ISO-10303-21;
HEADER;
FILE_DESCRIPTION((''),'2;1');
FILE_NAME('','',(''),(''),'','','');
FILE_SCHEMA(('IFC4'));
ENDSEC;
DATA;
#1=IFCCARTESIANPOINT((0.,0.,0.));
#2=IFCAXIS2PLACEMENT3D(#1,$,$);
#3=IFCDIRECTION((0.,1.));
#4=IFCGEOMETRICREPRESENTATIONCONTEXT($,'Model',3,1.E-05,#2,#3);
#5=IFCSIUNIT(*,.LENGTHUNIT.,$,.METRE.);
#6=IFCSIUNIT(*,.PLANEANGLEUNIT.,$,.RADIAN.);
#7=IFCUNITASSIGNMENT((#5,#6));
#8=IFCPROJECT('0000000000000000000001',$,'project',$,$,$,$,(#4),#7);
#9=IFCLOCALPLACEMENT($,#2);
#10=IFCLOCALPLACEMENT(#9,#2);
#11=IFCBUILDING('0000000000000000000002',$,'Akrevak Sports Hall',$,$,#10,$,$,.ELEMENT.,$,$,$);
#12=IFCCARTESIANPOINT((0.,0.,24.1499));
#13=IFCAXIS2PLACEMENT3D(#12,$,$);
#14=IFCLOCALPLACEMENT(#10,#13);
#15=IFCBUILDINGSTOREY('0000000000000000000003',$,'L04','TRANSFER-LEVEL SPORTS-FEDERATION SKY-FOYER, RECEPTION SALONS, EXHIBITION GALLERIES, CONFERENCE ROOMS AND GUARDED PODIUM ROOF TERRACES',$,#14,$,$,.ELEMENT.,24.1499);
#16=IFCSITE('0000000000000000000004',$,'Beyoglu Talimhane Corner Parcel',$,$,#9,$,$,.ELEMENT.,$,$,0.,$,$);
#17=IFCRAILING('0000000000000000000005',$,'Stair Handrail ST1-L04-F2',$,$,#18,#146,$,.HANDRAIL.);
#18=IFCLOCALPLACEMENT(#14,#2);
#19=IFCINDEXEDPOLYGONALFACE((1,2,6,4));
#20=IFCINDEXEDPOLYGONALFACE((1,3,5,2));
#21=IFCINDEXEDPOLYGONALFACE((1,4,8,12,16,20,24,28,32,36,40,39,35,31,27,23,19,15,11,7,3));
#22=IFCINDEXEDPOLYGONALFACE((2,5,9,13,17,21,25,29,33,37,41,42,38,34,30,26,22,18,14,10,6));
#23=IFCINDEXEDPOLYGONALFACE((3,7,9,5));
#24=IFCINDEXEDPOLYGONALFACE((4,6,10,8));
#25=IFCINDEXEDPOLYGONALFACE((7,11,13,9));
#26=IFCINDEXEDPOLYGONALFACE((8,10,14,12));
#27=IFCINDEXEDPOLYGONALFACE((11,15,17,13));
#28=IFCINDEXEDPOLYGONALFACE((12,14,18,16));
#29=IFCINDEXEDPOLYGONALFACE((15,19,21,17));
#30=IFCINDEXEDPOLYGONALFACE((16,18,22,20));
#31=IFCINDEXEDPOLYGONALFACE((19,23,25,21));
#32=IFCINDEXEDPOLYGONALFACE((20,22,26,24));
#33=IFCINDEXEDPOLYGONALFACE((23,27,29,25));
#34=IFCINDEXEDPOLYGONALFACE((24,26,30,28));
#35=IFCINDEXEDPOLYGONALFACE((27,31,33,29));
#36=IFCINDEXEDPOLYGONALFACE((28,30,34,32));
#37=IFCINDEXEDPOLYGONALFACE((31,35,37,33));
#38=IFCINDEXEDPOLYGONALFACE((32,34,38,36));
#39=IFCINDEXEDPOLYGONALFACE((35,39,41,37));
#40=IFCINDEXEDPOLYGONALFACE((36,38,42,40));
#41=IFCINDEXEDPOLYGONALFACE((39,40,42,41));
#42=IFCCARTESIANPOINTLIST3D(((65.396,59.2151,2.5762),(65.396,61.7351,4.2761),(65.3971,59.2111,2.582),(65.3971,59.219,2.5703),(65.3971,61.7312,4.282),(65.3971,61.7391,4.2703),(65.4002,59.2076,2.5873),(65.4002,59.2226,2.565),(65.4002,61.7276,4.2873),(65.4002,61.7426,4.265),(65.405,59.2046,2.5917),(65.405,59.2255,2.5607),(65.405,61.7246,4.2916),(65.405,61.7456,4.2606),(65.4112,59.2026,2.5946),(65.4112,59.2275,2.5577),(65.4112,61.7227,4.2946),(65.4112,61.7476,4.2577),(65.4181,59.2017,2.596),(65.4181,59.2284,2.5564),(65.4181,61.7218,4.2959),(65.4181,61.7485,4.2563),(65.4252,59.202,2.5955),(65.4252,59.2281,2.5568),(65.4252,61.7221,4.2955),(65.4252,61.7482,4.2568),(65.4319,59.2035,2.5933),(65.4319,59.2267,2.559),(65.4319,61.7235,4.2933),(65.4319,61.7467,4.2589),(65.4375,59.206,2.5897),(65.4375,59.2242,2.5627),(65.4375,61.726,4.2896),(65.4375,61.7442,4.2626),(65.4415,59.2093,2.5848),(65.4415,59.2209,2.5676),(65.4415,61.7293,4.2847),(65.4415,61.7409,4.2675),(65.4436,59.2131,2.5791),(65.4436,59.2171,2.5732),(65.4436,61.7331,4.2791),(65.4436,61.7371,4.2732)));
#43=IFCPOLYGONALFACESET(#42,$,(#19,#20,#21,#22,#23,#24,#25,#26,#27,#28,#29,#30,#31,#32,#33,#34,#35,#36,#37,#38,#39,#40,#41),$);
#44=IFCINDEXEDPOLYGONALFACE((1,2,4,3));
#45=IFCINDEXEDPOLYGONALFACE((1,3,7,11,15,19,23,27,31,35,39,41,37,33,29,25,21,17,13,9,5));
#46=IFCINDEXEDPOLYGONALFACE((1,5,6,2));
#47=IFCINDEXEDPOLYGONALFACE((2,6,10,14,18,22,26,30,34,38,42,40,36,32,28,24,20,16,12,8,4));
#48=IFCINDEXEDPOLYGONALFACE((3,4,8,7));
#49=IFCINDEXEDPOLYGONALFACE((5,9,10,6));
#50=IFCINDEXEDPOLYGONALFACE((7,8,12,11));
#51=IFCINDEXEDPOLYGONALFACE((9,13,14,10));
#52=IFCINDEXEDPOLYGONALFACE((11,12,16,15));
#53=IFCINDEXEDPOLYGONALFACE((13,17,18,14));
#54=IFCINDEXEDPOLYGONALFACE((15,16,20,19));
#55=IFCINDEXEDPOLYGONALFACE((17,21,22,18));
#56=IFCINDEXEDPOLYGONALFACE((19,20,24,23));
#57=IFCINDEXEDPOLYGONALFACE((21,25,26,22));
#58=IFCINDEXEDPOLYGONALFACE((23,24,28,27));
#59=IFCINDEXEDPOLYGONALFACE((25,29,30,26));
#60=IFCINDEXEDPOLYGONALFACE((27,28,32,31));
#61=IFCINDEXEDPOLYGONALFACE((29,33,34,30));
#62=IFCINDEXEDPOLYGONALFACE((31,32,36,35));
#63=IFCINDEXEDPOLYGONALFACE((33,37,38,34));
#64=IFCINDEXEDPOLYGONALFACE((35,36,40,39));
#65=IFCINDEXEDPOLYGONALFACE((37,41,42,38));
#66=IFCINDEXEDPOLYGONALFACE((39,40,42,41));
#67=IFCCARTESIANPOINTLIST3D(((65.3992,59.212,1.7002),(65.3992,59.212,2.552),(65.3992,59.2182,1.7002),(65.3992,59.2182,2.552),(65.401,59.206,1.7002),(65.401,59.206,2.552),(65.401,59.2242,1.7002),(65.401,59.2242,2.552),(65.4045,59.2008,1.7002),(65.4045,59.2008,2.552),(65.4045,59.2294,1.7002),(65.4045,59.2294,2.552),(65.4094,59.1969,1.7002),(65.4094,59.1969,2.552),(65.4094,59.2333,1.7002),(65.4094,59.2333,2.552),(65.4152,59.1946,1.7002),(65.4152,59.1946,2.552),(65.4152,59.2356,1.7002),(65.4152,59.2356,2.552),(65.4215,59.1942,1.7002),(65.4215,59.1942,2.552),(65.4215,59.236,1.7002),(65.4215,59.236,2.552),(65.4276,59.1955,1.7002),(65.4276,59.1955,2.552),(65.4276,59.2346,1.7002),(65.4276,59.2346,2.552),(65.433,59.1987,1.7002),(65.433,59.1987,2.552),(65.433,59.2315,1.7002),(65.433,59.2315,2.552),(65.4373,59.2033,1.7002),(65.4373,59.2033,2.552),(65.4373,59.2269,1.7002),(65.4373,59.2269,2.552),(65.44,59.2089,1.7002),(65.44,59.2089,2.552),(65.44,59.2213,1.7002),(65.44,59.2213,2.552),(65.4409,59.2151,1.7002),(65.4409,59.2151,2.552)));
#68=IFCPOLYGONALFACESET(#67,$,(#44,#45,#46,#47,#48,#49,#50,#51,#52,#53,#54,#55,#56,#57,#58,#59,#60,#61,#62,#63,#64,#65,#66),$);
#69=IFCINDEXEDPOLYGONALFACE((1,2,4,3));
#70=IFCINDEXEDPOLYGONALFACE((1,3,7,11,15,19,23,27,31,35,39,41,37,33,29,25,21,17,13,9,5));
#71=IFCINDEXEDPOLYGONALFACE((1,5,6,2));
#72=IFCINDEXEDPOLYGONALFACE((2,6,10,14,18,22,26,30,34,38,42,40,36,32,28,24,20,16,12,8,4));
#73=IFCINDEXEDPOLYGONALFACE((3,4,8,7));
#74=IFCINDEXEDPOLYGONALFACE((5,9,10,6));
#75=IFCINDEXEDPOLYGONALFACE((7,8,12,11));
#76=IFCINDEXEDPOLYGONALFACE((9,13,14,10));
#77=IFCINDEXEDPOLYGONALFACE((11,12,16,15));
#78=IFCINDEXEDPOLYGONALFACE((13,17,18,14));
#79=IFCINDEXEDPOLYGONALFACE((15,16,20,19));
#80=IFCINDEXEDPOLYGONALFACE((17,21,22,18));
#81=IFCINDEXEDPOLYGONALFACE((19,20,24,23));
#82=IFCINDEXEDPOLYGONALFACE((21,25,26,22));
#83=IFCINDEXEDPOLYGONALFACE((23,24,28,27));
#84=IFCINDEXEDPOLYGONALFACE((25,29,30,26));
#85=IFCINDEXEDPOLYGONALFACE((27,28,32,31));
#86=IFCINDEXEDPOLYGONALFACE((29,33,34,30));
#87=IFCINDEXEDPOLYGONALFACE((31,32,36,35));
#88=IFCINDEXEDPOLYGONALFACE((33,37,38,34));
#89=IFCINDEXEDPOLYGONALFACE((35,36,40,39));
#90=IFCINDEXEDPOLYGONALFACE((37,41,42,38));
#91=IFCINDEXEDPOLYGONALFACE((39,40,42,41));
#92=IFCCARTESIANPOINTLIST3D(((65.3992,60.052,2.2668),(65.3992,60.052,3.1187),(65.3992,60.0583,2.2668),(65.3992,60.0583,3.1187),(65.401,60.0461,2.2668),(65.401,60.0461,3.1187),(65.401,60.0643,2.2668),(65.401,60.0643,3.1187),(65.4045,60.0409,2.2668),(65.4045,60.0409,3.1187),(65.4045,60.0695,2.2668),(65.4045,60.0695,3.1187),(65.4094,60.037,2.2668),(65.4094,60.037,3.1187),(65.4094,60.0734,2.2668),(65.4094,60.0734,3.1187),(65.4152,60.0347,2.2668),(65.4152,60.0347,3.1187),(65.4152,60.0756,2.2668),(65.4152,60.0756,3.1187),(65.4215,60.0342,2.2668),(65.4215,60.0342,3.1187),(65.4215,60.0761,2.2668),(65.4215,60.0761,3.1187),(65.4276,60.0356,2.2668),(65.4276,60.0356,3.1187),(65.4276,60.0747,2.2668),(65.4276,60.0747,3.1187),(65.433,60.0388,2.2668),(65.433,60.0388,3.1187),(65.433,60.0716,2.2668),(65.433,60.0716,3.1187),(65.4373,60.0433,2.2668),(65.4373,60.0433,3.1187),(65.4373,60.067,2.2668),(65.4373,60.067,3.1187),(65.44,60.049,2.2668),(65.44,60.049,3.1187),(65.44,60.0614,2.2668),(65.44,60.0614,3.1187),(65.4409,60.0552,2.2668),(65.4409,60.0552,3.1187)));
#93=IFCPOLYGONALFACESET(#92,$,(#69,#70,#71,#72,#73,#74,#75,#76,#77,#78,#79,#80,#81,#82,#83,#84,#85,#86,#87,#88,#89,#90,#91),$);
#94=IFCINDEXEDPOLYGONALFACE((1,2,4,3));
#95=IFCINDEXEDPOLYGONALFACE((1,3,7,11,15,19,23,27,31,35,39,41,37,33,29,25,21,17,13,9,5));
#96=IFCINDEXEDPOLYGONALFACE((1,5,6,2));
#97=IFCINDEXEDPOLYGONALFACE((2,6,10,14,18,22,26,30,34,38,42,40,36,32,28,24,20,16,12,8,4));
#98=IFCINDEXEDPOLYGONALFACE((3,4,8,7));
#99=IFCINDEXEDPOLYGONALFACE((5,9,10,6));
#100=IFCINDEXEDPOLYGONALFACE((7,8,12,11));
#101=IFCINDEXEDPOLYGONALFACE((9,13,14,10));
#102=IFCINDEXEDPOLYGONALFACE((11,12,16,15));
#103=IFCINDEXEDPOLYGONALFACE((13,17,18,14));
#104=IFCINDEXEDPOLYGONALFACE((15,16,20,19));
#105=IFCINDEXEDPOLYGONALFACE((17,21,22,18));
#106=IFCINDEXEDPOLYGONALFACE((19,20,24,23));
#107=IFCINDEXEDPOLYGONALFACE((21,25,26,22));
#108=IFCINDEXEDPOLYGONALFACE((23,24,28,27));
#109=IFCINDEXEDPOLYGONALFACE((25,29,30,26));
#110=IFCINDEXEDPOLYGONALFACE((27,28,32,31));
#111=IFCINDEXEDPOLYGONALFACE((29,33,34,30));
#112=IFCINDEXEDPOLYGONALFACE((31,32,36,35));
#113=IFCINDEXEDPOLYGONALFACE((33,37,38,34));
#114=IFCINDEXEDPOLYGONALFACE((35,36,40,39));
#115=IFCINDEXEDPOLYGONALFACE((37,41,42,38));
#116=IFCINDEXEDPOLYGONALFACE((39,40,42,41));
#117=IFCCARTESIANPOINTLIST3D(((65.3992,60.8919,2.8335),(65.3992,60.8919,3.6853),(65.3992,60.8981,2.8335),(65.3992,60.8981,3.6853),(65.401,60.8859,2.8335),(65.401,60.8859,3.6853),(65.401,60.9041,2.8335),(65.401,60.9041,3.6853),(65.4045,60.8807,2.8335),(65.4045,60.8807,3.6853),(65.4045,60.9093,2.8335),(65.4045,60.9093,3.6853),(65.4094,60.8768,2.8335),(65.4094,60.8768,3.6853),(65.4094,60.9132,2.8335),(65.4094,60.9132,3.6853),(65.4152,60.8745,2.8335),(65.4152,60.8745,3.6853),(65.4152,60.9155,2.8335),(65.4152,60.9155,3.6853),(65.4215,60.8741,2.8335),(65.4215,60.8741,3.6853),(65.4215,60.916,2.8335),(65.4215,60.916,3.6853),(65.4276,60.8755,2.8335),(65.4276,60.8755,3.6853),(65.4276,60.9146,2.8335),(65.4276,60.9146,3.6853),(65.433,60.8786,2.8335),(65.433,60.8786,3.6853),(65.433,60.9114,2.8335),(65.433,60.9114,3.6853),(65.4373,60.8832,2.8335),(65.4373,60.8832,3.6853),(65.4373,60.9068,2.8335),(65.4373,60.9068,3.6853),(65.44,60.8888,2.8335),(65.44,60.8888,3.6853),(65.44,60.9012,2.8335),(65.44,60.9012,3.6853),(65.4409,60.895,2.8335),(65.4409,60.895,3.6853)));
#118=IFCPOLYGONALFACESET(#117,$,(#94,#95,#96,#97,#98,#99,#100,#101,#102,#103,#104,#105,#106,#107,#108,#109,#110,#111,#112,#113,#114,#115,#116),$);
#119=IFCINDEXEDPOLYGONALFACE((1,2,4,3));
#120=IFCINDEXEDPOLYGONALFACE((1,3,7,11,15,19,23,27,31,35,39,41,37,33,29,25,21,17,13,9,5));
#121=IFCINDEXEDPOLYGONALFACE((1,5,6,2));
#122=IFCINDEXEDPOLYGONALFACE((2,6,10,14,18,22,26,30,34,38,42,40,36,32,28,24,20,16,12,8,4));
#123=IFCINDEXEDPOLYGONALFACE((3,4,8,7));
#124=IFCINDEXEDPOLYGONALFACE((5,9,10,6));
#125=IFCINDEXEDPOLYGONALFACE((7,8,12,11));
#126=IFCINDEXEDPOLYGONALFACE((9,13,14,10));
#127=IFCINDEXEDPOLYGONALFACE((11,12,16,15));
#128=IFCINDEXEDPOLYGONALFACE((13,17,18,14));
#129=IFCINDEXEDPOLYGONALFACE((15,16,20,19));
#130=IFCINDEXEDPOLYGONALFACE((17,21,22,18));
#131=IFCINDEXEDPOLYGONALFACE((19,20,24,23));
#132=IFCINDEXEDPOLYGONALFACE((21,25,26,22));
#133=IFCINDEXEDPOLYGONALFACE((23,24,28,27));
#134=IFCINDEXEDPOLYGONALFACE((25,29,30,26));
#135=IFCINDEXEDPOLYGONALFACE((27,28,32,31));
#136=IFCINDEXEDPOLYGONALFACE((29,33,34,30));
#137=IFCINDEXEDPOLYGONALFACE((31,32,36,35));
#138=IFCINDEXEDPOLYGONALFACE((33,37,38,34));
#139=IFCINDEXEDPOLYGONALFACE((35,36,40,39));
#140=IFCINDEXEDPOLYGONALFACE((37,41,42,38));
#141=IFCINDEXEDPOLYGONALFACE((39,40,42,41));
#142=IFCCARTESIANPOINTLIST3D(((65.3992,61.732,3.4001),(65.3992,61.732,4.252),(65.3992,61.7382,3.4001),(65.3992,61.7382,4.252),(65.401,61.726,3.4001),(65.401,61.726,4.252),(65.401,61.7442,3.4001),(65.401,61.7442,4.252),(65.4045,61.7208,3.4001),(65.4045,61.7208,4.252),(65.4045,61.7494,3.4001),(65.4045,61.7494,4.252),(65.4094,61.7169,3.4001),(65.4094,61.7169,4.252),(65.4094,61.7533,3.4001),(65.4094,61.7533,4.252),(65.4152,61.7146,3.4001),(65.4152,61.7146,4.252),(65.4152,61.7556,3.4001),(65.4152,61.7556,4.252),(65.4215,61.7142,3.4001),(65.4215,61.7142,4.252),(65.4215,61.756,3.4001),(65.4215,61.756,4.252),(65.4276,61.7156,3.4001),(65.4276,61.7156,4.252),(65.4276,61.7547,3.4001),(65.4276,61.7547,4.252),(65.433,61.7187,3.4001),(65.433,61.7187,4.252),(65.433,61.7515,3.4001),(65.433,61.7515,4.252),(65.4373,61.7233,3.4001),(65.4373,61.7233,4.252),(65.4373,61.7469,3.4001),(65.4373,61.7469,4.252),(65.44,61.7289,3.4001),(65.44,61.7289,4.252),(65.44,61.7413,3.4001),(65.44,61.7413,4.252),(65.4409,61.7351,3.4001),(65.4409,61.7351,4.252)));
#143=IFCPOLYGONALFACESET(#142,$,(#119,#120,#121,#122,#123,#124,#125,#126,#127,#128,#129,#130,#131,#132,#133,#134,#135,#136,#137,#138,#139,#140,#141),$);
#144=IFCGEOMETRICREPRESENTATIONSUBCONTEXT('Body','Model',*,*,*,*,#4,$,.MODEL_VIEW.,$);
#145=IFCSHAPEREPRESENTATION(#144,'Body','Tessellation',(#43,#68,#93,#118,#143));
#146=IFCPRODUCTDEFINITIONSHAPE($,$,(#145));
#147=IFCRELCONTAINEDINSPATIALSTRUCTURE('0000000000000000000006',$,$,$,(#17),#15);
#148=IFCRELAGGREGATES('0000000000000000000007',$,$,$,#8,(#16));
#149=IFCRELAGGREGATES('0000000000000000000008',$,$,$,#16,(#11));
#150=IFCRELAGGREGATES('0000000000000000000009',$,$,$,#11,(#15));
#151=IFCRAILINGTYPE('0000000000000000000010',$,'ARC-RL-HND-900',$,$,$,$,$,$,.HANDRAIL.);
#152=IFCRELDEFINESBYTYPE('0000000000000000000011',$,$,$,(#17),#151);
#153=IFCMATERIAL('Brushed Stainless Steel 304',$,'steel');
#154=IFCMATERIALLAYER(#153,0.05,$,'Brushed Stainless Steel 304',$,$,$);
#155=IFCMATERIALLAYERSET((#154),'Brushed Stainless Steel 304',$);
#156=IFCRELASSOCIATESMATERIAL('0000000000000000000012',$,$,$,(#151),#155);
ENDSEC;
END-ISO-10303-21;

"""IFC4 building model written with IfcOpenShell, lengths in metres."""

from ifc_helpers import new_model, si_unit, direction, frame, origin, origin_2d, place, context, subcontext, project, spatial, circle, extrude, material, layer, layer_set, type_object, element, save


model = new_model("IFC4")

# Units and contexts
model_context = context("Model", 3, precision=1e-05, world=origin(), true_north=direction((0.0, 1.0)))
body_context = subcontext(model_context, "Body", "Model", "MODEL_VIEW")
ifc_project = project(units=[si_unit("LENGTHUNIT", "METRE"), si_unit("PLANEANGLEUNIT", "RADIAN")], contexts=[model_context])

# Site, building, storey
site_placement = place(None, origin())
site = spatial("IfcSite", under=ifc_project, at=site_placement, Name="Beyoglu Talimhane Corner Parcel", CompositionType="ELEMENT", RefElevation=0.0)
building_placement = place(site_placement, origin())
building = spatial("IfcBuilding", under=site, at=building_placement, Name="Akrevak Sports Hall", CompositionType="ELEMENT")
storey_placement = place(building_placement, frame((0.0, 0.0, 24.1499)))
storey = spatial("IfcBuildingStorey", under=building, at=storey_placement, Name="L04", Description="TRANSFER-LEVEL SPORTS-FEDERATION SKY-FOYER, RECEPTION SALONS, EXHIBITION GALLERIES, CONFERENCE ROOMS AND GUARDED PODIUM ROOF TERRACES", CompositionType="ELEMENT", Elevation=24.1499)

# Railing
ifc_material_1 = material(Name="Brushed Stainless Steel 304", Category="steel")
ifc_layer_1 = layer(ifc_material_1, 0.05, Name="Brushed Stainless Steel 304")
ifc_layer_set_1 = layer_set([ifc_layer_1], Name="Brushed Stainless Steel 304")
railing_type_1 = type_object("IfcRailingType", Name="ARC-RL-HND-900", PredefinedType="HANDRAIL", material=ifc_layer_set_1)
railing_1_placement = place(storey_placement, frame((65.4199, 59.2151, 1.7002)))
element("IfcRailing", 1, at=railing_1_placement, inside=storey, type_object=railing_type_1, Name="Stair Handrail ST1-L04-F2", PredefinedType="HANDRAIL", context=body_context, shape_type="SweptSolid", body=[
    extrude(circle(Radius=0.0239, at=origin_2d()), frame((0.0, 0.0, 0.876), z_axis=(0.0, 0.829011, 0.559233), x_axis=(-1.0, 0.0, 0.0)), (0.0, 0.0, 1.0), 3.0398),
    extrude(circle(Radius=0.021, at=origin_2d()), origin(), (0.0, 0.0, 1.0), 0.8518),
    extrude(circle(Radius=0.021, at=origin_2d()), frame((0.0, 0.8401, 0.5667)), (0.0, 0.0, 1.0), 0.8518),
    extrude(circle(Radius=0.021, at=origin_2d()), frame((0.0, 1.6799, 1.1333)), (0.0, 0.0, 1.0), 0.8518),
    extrude(circle(Radius=0.021, at=origin_2d()), frame((0.0, 2.52, 1.7)), (0.0, 0.0, 1.0), 0.8518),
])

save(model, "model.ifc")
